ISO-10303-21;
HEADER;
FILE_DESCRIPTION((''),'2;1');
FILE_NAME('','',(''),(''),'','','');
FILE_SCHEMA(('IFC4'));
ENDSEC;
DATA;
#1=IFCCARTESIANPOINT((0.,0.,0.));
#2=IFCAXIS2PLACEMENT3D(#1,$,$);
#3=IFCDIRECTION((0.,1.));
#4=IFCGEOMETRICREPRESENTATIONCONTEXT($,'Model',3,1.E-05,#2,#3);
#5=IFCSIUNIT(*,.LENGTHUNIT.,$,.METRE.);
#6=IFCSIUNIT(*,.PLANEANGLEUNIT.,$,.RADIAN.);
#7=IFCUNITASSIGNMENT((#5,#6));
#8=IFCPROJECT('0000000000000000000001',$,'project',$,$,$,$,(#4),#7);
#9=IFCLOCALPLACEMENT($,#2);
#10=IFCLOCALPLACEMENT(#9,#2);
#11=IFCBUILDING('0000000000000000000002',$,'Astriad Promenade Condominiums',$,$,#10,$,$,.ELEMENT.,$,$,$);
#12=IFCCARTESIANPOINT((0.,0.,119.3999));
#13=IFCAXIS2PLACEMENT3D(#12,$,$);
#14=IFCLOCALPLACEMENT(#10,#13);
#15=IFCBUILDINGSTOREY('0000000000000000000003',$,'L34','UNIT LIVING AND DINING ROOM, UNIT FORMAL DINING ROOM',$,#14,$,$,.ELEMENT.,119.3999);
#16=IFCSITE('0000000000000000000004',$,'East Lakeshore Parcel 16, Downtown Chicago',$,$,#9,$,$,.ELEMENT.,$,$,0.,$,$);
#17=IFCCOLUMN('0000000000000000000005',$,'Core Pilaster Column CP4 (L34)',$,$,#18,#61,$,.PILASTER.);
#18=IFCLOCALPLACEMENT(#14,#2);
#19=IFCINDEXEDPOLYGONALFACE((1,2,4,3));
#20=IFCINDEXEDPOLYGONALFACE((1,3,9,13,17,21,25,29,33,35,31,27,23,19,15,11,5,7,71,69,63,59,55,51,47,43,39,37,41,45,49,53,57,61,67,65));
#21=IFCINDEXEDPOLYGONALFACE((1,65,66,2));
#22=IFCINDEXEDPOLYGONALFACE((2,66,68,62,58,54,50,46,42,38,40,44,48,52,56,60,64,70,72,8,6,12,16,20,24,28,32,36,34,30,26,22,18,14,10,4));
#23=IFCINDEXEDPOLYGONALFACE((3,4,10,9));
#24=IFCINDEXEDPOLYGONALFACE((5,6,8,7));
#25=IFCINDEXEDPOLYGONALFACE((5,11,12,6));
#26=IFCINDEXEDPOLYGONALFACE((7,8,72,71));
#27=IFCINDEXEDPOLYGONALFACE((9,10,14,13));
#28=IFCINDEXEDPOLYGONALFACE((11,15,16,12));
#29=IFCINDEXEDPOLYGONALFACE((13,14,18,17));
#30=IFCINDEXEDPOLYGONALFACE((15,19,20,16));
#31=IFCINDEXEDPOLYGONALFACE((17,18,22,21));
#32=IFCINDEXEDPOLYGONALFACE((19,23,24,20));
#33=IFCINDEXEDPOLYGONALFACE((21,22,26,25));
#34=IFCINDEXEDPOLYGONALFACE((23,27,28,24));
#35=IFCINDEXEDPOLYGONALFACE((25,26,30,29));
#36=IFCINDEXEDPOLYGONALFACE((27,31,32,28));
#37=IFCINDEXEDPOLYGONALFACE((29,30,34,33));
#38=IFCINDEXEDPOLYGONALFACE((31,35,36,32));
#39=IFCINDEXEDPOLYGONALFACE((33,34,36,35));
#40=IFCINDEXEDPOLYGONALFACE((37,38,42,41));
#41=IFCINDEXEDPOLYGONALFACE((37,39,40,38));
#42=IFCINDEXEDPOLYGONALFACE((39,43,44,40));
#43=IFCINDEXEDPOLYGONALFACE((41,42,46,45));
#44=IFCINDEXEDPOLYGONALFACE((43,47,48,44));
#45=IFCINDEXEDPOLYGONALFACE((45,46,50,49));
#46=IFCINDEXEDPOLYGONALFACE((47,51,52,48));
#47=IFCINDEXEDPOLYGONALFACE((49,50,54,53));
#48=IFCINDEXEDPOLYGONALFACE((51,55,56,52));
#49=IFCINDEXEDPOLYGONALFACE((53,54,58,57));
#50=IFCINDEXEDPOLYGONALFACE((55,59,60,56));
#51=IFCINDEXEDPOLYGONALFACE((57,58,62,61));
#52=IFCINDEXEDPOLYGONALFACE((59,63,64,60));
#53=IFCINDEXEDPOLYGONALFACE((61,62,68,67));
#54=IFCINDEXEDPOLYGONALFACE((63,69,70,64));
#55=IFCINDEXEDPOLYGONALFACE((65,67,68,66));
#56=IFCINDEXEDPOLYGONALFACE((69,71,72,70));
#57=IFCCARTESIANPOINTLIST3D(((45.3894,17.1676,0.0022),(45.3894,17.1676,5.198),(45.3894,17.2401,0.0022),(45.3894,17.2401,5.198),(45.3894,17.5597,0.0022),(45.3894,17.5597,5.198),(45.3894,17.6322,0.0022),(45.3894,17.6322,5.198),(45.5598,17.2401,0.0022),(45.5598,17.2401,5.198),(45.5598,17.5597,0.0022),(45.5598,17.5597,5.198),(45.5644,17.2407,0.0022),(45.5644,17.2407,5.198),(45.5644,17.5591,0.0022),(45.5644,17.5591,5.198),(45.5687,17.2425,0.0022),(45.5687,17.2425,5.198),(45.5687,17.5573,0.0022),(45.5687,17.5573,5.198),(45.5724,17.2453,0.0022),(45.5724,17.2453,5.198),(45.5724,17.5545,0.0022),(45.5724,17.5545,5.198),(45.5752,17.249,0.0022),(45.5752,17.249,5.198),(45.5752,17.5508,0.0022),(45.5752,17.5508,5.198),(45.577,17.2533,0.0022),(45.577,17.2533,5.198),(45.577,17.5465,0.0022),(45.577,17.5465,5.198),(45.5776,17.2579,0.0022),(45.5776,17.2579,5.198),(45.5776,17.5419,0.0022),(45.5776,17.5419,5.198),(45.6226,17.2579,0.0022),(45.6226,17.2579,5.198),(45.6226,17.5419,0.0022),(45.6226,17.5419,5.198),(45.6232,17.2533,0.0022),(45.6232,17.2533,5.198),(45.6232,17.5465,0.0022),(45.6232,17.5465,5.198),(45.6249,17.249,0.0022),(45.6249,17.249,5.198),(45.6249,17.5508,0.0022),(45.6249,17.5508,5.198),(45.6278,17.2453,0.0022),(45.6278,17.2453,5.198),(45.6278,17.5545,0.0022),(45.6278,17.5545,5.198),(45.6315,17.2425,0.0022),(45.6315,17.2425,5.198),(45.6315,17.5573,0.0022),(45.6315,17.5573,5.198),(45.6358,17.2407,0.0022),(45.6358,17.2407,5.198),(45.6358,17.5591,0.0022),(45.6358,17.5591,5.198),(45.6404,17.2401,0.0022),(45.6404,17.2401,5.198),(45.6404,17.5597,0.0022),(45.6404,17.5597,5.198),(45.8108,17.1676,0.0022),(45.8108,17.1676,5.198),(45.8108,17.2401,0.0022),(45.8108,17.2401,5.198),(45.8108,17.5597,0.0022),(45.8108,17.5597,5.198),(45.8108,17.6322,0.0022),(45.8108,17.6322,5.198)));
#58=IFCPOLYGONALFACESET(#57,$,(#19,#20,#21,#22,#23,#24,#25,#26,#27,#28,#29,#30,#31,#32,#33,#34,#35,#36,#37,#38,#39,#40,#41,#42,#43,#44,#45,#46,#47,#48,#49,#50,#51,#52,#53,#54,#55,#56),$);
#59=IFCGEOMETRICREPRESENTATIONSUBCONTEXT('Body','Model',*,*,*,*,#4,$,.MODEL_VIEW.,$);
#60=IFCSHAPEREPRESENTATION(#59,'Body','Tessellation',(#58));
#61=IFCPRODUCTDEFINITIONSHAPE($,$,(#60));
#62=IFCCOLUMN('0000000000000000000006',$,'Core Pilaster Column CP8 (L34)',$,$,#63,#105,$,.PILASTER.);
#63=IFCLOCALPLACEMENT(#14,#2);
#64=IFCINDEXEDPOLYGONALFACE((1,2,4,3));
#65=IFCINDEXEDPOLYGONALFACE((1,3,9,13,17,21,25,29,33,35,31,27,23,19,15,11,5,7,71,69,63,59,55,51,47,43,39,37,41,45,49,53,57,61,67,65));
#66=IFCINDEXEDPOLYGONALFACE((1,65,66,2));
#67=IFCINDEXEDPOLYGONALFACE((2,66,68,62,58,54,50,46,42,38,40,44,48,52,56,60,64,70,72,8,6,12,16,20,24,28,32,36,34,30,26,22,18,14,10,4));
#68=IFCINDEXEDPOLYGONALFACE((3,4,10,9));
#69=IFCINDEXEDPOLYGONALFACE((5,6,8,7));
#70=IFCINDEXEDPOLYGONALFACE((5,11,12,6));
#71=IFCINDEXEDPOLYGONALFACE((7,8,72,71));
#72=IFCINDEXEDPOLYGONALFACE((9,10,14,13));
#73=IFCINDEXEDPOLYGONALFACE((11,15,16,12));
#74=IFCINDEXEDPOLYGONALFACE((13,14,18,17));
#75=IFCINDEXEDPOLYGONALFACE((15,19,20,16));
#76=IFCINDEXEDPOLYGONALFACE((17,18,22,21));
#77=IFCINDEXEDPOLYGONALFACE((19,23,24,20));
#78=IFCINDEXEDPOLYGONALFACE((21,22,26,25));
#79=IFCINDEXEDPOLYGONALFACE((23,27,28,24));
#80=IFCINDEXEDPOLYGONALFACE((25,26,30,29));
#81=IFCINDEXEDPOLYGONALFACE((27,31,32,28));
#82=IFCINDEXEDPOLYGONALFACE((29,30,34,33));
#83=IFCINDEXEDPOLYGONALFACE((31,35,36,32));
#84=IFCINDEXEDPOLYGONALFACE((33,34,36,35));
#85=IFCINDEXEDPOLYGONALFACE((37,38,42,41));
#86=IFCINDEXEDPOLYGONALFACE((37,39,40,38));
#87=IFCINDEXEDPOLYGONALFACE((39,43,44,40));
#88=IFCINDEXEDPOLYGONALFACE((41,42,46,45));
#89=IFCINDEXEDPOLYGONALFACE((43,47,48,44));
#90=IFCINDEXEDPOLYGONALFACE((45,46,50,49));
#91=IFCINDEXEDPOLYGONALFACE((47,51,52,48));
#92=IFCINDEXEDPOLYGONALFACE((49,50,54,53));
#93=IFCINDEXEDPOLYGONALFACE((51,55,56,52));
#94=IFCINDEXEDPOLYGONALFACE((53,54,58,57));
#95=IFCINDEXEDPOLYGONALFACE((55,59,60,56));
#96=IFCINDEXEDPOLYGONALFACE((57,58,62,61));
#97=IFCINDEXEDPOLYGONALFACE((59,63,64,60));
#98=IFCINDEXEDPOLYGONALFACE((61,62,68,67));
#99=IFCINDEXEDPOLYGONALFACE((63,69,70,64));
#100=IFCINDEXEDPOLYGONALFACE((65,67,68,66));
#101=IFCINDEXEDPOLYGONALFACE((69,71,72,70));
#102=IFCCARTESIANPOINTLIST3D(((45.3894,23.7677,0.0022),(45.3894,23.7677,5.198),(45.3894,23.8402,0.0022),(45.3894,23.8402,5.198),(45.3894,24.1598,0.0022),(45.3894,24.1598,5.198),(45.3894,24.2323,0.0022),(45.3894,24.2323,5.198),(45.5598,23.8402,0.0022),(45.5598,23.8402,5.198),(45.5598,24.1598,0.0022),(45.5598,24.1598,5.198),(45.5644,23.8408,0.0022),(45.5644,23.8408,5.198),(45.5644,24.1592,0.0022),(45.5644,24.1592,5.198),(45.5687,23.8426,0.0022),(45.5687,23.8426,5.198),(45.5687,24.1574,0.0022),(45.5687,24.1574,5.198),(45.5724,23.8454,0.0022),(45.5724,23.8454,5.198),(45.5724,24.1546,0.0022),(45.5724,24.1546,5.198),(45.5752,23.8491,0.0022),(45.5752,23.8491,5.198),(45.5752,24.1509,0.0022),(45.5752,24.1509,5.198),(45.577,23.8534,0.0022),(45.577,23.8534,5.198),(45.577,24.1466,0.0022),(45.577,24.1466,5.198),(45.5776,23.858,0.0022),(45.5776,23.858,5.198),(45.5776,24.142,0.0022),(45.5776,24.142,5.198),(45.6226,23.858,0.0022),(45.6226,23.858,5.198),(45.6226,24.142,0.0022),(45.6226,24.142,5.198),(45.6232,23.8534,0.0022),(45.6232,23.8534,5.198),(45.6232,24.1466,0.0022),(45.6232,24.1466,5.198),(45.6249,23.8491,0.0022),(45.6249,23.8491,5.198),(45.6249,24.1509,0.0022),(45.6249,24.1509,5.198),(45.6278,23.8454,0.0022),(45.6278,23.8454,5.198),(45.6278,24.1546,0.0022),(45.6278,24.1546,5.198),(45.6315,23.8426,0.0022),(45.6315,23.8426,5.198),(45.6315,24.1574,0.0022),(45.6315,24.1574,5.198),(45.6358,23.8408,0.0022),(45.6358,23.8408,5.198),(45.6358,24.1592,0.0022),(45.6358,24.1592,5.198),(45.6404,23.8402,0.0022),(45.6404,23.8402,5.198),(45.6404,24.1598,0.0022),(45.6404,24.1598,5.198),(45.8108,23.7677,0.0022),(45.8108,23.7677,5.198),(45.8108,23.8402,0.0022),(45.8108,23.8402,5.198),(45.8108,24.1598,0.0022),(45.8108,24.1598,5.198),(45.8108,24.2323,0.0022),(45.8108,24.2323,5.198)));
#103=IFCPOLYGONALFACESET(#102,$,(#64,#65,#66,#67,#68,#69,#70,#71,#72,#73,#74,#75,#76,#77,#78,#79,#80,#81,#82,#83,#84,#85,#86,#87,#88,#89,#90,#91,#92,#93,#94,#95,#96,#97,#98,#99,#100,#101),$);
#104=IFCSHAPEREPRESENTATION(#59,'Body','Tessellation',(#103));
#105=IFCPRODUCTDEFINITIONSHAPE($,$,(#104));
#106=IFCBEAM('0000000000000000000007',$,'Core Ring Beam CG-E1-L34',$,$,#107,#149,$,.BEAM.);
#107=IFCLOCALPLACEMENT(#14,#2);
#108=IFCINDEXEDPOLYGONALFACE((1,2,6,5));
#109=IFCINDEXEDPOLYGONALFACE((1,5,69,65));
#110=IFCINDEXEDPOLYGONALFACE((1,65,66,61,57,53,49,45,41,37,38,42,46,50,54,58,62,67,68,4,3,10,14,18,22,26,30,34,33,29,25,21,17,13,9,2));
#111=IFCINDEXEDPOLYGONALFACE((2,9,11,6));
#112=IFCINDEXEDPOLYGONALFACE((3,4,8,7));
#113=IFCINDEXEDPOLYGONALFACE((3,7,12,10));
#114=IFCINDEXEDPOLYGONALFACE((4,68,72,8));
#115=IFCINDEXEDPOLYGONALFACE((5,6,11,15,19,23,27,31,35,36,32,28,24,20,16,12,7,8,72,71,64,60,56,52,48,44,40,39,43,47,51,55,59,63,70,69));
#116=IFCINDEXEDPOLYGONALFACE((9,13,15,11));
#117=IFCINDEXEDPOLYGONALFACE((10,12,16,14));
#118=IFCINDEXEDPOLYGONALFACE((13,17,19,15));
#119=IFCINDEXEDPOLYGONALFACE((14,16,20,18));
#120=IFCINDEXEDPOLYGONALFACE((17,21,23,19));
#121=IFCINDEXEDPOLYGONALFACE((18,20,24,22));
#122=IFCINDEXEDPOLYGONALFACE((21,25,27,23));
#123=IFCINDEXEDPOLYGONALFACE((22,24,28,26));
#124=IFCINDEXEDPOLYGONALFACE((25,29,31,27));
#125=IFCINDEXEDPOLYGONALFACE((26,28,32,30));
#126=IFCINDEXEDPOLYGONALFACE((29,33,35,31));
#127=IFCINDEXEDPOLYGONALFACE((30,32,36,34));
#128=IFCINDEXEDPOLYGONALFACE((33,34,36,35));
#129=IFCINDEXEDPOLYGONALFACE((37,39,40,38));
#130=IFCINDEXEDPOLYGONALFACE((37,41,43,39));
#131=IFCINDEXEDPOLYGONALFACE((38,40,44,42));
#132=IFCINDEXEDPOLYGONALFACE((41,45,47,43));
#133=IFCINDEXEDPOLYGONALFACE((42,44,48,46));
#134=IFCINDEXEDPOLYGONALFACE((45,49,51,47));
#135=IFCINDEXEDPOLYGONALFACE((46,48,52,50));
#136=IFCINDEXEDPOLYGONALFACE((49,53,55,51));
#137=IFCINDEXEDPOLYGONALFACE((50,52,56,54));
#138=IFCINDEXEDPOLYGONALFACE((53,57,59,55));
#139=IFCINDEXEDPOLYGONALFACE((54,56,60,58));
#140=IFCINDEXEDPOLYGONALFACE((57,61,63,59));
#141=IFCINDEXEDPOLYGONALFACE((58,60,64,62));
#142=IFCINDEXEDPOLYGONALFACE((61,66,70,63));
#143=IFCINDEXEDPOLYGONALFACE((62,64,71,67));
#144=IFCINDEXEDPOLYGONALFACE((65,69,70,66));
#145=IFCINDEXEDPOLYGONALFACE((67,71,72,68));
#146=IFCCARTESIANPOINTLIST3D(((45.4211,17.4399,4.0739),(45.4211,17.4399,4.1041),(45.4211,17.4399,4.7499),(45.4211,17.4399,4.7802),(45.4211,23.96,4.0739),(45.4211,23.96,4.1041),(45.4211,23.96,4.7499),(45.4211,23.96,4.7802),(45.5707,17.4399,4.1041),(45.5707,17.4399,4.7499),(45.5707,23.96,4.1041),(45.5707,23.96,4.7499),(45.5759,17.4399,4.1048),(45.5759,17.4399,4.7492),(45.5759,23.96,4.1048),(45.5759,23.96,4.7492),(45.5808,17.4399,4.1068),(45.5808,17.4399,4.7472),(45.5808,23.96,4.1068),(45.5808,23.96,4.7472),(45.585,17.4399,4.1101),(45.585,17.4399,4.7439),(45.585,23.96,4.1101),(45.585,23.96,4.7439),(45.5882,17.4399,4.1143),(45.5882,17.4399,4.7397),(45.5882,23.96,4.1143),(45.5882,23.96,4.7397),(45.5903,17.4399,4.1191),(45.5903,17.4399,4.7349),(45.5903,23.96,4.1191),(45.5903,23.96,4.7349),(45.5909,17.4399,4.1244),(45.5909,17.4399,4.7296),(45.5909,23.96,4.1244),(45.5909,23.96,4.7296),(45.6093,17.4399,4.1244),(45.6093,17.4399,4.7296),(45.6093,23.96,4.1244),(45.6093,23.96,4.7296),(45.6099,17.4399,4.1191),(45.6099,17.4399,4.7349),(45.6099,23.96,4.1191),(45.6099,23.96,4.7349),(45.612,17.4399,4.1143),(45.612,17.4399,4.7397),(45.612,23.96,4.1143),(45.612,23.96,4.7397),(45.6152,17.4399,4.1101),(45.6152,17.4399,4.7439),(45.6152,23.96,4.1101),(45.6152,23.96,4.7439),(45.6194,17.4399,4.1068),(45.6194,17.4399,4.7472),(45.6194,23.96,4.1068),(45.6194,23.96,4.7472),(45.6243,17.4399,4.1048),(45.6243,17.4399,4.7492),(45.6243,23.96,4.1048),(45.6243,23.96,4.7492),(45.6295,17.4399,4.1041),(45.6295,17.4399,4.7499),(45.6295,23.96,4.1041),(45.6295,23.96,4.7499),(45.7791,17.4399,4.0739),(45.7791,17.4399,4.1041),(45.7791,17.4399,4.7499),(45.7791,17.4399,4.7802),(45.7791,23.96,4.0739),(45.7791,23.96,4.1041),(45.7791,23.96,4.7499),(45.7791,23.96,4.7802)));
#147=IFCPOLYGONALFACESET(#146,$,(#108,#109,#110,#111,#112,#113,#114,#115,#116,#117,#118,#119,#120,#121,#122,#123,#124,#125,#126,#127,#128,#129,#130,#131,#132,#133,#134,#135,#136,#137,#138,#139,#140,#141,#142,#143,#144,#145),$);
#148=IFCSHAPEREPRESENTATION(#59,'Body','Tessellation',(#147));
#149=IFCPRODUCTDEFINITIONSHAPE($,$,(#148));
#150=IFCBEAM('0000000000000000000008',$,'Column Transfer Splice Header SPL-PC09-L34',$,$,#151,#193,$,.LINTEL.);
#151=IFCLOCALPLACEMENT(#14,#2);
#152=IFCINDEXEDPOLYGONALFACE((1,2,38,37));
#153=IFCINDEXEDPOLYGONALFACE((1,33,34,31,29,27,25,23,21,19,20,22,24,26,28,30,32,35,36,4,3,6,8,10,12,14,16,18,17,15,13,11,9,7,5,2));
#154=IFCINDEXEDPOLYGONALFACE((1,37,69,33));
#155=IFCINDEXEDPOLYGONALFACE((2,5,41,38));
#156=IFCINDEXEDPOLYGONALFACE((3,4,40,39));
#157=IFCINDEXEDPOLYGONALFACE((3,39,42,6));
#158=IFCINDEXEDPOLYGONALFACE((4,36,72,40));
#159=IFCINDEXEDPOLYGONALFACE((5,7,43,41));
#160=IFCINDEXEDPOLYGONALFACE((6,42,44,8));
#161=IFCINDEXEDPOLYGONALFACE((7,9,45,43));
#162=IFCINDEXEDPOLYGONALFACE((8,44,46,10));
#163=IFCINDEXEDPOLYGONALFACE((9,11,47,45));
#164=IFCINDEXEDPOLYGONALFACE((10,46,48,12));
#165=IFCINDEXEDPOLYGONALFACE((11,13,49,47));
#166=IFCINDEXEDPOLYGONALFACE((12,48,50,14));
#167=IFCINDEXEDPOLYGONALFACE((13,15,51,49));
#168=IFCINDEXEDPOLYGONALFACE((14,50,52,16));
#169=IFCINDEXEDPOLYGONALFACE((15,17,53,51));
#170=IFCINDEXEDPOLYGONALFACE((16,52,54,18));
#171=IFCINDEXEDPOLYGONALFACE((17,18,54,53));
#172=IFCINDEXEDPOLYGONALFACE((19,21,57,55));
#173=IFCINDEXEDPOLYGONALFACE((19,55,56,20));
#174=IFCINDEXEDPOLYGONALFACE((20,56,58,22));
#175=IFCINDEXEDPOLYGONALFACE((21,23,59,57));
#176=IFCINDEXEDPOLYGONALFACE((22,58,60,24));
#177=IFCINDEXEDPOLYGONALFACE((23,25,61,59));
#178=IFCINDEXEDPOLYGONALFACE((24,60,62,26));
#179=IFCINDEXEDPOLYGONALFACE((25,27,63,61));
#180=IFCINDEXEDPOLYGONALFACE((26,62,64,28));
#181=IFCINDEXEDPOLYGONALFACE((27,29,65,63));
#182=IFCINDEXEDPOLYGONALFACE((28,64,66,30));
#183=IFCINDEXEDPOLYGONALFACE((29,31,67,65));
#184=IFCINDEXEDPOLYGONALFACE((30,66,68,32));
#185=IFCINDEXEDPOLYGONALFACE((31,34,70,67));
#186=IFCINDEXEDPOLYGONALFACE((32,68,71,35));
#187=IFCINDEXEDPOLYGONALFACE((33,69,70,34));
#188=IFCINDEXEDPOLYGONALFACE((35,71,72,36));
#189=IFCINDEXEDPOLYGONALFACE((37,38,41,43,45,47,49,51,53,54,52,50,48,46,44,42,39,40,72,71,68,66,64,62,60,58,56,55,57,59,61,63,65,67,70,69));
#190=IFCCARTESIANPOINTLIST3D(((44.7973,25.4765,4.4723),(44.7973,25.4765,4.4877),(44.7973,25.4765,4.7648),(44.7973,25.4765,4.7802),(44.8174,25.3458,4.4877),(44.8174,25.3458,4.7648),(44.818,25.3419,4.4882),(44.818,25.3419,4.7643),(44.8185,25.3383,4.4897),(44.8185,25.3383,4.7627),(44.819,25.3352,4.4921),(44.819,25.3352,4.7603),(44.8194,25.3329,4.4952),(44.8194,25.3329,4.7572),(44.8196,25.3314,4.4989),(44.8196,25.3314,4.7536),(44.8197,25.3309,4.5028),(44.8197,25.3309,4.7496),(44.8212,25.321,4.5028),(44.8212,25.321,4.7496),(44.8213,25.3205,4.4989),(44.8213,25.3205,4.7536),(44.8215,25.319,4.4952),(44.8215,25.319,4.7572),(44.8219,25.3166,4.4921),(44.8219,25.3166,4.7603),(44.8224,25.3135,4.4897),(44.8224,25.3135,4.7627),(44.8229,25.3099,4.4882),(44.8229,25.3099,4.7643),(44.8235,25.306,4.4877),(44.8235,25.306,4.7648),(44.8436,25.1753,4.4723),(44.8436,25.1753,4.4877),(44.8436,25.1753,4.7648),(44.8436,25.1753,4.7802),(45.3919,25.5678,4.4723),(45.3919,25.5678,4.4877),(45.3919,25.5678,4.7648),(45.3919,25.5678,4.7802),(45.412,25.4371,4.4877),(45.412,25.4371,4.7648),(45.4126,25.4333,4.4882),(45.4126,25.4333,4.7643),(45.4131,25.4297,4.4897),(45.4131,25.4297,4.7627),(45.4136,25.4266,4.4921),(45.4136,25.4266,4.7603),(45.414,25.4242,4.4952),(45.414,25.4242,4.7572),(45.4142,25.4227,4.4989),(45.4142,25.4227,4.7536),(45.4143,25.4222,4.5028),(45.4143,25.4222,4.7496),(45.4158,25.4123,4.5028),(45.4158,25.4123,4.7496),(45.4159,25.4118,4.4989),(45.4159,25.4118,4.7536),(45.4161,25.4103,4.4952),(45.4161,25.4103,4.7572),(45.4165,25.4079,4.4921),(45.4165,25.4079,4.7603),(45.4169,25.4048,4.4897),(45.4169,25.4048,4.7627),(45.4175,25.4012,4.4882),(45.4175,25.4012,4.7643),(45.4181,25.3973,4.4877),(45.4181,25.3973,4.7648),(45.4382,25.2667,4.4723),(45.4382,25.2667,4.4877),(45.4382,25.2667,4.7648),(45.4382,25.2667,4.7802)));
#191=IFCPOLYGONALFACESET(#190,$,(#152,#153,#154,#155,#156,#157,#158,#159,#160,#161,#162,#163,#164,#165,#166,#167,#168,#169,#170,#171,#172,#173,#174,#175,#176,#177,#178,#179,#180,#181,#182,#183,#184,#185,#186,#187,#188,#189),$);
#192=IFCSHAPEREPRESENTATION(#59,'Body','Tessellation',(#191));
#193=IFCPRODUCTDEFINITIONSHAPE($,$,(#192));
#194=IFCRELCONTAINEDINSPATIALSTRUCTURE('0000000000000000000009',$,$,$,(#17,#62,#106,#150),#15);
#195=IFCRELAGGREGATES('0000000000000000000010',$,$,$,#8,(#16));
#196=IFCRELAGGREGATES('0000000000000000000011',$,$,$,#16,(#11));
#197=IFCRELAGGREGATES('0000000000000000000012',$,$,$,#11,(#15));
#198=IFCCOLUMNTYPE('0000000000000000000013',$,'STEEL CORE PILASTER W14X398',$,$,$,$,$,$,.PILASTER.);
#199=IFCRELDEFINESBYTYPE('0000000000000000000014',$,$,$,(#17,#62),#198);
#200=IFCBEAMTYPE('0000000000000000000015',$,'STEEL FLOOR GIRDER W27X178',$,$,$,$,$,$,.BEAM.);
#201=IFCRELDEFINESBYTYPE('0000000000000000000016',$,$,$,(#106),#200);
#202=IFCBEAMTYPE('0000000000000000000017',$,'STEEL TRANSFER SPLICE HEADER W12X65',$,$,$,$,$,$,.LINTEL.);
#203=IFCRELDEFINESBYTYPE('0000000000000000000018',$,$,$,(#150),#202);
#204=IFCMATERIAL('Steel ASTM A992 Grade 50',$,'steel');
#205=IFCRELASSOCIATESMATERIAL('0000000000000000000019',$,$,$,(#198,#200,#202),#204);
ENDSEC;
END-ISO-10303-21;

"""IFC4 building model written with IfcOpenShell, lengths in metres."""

from ifc_helpers import new_model, si_unit, direction, frame, origin, origin_2d, place, context, subcontext, project, spatial, i_section, extrude, source, transform, mapped, material, material_profile, profile_set, type_object, type_shapes, element, save


model = new_model("IFC4")

# Units and contexts
model_context = context("Model", 3, precision=1e-05, world=origin(), true_north=direction((0.0, 1.0)))
body_context = subcontext(model_context, "Body", "Model", "MODEL_VIEW")
ifc_project = project(units=[si_unit("LENGTHUNIT", "METRE"), si_unit("PLANEANGLEUNIT", "RADIAN")], contexts=[model_context])

# Site, building, storey
site_placement = place(None, origin())
site = spatial("IfcSite", under=ifc_project, at=site_placement, Name="East Lakeshore Parcel 16, Downtown Chicago", CompositionType="ELEMENT", RefElevation=0.0)
building_placement = place(site_placement, origin())
building = spatial("IfcBuilding", under=site, at=building_placement, Name="Astriad Promenade Condominiums", CompositionType="ELEMENT")
storey_placement = place(building_placement, frame((0.0, 0.0, 119.3999)))
storey = spatial("IfcBuildingStorey", under=building, at=storey_placement, Name="L34", Description="UNIT LIVING AND DINING ROOM, UNIT FORMAL DINING ROOM", CompositionType="ELEMENT", Elevation=119.3999)

# Columns
ifc_material_1 = material(Name="Steel ASTM A992 Grade 50", Category="steel")
ifc_material_profile_1 = material_profile(ifc_material_1, i_section(OverallWidth=0.4214, OverallDepth=0.4646, WebThickness=0.0449, FlangeThickness=0.0725, FilletRadius=0.0178, at=origin_2d()), Name="W14X398")
ifc_profile_set_1 = profile_set([ifc_material_profile_1], Name="Steel ASTM A992 Grade 50")
column_type = type_object("IfcColumnType", Name="STEEL CORE PILASTER W14X398", PredefinedType="PILASTER", material=ifc_profile_set_1)
shared_shape_1 = source(origin(), body_context, "Body", "SweptSolid", [
    extrude(i_section(OverallWidth=0.4214, OverallDepth=0.4646, WebThickness=0.0449, FlangeThickness=0.0725, FilletRadius=0.0178, at=origin_2d()), origin(), (0.0, 0.0, 1.0), 5.1958),
])
type_shapes(column_type, [shared_shape_1])
for number, where, z_axis, x_axis, name in (
    (1, (45.6001, 17.3999, 0.0022), (0.0, 0.0, 1.0), (1.0, 0.0, 0.0), "Core Pilaster Column CP4 (L34)"),
    (2, (45.6001, 24.0, 0.0022), (0.0, 0.0, 1.0), (1.0, 0.0, 0.0), "Core Pilaster Column CP8 (L34)"),
):
    element("IfcColumn", number, at=place(storey_placement, frame(where, z_axis=z_axis, x_axis=x_axis)), inside=storey, type_object=column_type, Name=name, PredefinedType="PILASTER", context=body_context, shape_type="MappedRepresentation", body=[
        mapped(shared_shape_1, transform((0.0, 0.0, 0.0), scale=1.0)),
    ])

# Beams
ifc_material_profile_2 = material_profile(ifc_material_1, i_section(OverallWidth=0.3579, OverallDepth=0.7063, WebThickness=0.0183, FlangeThickness=0.0303, FilletRadius=0.0203, at=origin_2d()), Name="W27X178")
ifc_profile_set_2 = profile_set([ifc_material_profile_2], Name="Steel ASTM A992 Grade 50")
beam_type_1 = type_object("IfcBeamType", Name="STEEL FLOOR GIRDER W27X178", PredefinedType="BEAM", material=ifc_profile_set_2)
shared_shape_2 = source(origin(), body_context, "Body", "SweptSolid", [
    extrude(i_section(OverallWidth=0.3579, OverallDepth=0.7063, WebThickness=0.0183, FlangeThickness=0.0303, FilletRadius=0.0203, at=origin_2d()), origin(), (0.0, 0.0, 1.0), 6.52),
])
type_shapes(beam_type_1, [shared_shape_2])
beam_1_placement = place(storey_placement, frame((45.6001, 17.4399, 4.427), z_axis=(0.0, 1.0, 0.0), x_axis=(-1.0, 0.0, 0.0)))
element("IfcBeam", 3, at=beam_1_placement, inside=storey, type_object=beam_type_1, Name="Core Ring Beam CG-E1-L34", PredefinedType="BEAM", context=body_context, shape_type="MappedRepresentation", body=[
    mapped(shared_shape_2, transform((0.0, 0.0, 0.0), scale=1.0)),
])
ifc_material_profile_3 = material_profile(ifc_material_1, i_section(OverallWidth=0.3047, OverallDepth=0.3079, WebThickness=0.01, FlangeThickness=0.0154, FilletRadius=0.0151, at=origin_2d()), Name="W12X65")
ifc_profile_set_3 = profile_set([ifc_material_profile_3], Name="Steel ASTM A992 Grade 50")
beam_type_2 = type_object("IfcBeamType", Name="STEEL TRANSFER SPLICE HEADER W12X65", PredefinedType="LINTEL", material=ifc_profile_set_3)
shared_shape_3 = source(origin(), body_context, "Body", "SweptSolid", [
    extrude(i_section(OverallWidth=0.3047, OverallDepth=0.3079, WebThickness=0.01, FlangeThickness=0.0154, FilletRadius=0.0151, at=origin_2d()), origin(), (0.0, 0.0, 1.0), 0.6016),
])
type_shapes(beam_type_2, [shared_shape_3])
beam_2_placement = place(storey_placement, frame((45.415, 25.4172, 4.6262), z_axis=(-0.988409, -0.151813, 0.0), x_axis=(0.151813, -0.988409, 0.0)))
element("IfcBeam", 4, at=beam_2_placement, inside=storey, type_object=beam_type_2, Name="Column Transfer Splice Header SPL-PC09-L34", PredefinedType="LINTEL", context=body_context, shape_type="MappedRepresentation", body=[
    mapped(shared_shape_3, transform((0.0, 0.0, 0.0), scale=1.0)),
])

save(model, "model.ifc")
